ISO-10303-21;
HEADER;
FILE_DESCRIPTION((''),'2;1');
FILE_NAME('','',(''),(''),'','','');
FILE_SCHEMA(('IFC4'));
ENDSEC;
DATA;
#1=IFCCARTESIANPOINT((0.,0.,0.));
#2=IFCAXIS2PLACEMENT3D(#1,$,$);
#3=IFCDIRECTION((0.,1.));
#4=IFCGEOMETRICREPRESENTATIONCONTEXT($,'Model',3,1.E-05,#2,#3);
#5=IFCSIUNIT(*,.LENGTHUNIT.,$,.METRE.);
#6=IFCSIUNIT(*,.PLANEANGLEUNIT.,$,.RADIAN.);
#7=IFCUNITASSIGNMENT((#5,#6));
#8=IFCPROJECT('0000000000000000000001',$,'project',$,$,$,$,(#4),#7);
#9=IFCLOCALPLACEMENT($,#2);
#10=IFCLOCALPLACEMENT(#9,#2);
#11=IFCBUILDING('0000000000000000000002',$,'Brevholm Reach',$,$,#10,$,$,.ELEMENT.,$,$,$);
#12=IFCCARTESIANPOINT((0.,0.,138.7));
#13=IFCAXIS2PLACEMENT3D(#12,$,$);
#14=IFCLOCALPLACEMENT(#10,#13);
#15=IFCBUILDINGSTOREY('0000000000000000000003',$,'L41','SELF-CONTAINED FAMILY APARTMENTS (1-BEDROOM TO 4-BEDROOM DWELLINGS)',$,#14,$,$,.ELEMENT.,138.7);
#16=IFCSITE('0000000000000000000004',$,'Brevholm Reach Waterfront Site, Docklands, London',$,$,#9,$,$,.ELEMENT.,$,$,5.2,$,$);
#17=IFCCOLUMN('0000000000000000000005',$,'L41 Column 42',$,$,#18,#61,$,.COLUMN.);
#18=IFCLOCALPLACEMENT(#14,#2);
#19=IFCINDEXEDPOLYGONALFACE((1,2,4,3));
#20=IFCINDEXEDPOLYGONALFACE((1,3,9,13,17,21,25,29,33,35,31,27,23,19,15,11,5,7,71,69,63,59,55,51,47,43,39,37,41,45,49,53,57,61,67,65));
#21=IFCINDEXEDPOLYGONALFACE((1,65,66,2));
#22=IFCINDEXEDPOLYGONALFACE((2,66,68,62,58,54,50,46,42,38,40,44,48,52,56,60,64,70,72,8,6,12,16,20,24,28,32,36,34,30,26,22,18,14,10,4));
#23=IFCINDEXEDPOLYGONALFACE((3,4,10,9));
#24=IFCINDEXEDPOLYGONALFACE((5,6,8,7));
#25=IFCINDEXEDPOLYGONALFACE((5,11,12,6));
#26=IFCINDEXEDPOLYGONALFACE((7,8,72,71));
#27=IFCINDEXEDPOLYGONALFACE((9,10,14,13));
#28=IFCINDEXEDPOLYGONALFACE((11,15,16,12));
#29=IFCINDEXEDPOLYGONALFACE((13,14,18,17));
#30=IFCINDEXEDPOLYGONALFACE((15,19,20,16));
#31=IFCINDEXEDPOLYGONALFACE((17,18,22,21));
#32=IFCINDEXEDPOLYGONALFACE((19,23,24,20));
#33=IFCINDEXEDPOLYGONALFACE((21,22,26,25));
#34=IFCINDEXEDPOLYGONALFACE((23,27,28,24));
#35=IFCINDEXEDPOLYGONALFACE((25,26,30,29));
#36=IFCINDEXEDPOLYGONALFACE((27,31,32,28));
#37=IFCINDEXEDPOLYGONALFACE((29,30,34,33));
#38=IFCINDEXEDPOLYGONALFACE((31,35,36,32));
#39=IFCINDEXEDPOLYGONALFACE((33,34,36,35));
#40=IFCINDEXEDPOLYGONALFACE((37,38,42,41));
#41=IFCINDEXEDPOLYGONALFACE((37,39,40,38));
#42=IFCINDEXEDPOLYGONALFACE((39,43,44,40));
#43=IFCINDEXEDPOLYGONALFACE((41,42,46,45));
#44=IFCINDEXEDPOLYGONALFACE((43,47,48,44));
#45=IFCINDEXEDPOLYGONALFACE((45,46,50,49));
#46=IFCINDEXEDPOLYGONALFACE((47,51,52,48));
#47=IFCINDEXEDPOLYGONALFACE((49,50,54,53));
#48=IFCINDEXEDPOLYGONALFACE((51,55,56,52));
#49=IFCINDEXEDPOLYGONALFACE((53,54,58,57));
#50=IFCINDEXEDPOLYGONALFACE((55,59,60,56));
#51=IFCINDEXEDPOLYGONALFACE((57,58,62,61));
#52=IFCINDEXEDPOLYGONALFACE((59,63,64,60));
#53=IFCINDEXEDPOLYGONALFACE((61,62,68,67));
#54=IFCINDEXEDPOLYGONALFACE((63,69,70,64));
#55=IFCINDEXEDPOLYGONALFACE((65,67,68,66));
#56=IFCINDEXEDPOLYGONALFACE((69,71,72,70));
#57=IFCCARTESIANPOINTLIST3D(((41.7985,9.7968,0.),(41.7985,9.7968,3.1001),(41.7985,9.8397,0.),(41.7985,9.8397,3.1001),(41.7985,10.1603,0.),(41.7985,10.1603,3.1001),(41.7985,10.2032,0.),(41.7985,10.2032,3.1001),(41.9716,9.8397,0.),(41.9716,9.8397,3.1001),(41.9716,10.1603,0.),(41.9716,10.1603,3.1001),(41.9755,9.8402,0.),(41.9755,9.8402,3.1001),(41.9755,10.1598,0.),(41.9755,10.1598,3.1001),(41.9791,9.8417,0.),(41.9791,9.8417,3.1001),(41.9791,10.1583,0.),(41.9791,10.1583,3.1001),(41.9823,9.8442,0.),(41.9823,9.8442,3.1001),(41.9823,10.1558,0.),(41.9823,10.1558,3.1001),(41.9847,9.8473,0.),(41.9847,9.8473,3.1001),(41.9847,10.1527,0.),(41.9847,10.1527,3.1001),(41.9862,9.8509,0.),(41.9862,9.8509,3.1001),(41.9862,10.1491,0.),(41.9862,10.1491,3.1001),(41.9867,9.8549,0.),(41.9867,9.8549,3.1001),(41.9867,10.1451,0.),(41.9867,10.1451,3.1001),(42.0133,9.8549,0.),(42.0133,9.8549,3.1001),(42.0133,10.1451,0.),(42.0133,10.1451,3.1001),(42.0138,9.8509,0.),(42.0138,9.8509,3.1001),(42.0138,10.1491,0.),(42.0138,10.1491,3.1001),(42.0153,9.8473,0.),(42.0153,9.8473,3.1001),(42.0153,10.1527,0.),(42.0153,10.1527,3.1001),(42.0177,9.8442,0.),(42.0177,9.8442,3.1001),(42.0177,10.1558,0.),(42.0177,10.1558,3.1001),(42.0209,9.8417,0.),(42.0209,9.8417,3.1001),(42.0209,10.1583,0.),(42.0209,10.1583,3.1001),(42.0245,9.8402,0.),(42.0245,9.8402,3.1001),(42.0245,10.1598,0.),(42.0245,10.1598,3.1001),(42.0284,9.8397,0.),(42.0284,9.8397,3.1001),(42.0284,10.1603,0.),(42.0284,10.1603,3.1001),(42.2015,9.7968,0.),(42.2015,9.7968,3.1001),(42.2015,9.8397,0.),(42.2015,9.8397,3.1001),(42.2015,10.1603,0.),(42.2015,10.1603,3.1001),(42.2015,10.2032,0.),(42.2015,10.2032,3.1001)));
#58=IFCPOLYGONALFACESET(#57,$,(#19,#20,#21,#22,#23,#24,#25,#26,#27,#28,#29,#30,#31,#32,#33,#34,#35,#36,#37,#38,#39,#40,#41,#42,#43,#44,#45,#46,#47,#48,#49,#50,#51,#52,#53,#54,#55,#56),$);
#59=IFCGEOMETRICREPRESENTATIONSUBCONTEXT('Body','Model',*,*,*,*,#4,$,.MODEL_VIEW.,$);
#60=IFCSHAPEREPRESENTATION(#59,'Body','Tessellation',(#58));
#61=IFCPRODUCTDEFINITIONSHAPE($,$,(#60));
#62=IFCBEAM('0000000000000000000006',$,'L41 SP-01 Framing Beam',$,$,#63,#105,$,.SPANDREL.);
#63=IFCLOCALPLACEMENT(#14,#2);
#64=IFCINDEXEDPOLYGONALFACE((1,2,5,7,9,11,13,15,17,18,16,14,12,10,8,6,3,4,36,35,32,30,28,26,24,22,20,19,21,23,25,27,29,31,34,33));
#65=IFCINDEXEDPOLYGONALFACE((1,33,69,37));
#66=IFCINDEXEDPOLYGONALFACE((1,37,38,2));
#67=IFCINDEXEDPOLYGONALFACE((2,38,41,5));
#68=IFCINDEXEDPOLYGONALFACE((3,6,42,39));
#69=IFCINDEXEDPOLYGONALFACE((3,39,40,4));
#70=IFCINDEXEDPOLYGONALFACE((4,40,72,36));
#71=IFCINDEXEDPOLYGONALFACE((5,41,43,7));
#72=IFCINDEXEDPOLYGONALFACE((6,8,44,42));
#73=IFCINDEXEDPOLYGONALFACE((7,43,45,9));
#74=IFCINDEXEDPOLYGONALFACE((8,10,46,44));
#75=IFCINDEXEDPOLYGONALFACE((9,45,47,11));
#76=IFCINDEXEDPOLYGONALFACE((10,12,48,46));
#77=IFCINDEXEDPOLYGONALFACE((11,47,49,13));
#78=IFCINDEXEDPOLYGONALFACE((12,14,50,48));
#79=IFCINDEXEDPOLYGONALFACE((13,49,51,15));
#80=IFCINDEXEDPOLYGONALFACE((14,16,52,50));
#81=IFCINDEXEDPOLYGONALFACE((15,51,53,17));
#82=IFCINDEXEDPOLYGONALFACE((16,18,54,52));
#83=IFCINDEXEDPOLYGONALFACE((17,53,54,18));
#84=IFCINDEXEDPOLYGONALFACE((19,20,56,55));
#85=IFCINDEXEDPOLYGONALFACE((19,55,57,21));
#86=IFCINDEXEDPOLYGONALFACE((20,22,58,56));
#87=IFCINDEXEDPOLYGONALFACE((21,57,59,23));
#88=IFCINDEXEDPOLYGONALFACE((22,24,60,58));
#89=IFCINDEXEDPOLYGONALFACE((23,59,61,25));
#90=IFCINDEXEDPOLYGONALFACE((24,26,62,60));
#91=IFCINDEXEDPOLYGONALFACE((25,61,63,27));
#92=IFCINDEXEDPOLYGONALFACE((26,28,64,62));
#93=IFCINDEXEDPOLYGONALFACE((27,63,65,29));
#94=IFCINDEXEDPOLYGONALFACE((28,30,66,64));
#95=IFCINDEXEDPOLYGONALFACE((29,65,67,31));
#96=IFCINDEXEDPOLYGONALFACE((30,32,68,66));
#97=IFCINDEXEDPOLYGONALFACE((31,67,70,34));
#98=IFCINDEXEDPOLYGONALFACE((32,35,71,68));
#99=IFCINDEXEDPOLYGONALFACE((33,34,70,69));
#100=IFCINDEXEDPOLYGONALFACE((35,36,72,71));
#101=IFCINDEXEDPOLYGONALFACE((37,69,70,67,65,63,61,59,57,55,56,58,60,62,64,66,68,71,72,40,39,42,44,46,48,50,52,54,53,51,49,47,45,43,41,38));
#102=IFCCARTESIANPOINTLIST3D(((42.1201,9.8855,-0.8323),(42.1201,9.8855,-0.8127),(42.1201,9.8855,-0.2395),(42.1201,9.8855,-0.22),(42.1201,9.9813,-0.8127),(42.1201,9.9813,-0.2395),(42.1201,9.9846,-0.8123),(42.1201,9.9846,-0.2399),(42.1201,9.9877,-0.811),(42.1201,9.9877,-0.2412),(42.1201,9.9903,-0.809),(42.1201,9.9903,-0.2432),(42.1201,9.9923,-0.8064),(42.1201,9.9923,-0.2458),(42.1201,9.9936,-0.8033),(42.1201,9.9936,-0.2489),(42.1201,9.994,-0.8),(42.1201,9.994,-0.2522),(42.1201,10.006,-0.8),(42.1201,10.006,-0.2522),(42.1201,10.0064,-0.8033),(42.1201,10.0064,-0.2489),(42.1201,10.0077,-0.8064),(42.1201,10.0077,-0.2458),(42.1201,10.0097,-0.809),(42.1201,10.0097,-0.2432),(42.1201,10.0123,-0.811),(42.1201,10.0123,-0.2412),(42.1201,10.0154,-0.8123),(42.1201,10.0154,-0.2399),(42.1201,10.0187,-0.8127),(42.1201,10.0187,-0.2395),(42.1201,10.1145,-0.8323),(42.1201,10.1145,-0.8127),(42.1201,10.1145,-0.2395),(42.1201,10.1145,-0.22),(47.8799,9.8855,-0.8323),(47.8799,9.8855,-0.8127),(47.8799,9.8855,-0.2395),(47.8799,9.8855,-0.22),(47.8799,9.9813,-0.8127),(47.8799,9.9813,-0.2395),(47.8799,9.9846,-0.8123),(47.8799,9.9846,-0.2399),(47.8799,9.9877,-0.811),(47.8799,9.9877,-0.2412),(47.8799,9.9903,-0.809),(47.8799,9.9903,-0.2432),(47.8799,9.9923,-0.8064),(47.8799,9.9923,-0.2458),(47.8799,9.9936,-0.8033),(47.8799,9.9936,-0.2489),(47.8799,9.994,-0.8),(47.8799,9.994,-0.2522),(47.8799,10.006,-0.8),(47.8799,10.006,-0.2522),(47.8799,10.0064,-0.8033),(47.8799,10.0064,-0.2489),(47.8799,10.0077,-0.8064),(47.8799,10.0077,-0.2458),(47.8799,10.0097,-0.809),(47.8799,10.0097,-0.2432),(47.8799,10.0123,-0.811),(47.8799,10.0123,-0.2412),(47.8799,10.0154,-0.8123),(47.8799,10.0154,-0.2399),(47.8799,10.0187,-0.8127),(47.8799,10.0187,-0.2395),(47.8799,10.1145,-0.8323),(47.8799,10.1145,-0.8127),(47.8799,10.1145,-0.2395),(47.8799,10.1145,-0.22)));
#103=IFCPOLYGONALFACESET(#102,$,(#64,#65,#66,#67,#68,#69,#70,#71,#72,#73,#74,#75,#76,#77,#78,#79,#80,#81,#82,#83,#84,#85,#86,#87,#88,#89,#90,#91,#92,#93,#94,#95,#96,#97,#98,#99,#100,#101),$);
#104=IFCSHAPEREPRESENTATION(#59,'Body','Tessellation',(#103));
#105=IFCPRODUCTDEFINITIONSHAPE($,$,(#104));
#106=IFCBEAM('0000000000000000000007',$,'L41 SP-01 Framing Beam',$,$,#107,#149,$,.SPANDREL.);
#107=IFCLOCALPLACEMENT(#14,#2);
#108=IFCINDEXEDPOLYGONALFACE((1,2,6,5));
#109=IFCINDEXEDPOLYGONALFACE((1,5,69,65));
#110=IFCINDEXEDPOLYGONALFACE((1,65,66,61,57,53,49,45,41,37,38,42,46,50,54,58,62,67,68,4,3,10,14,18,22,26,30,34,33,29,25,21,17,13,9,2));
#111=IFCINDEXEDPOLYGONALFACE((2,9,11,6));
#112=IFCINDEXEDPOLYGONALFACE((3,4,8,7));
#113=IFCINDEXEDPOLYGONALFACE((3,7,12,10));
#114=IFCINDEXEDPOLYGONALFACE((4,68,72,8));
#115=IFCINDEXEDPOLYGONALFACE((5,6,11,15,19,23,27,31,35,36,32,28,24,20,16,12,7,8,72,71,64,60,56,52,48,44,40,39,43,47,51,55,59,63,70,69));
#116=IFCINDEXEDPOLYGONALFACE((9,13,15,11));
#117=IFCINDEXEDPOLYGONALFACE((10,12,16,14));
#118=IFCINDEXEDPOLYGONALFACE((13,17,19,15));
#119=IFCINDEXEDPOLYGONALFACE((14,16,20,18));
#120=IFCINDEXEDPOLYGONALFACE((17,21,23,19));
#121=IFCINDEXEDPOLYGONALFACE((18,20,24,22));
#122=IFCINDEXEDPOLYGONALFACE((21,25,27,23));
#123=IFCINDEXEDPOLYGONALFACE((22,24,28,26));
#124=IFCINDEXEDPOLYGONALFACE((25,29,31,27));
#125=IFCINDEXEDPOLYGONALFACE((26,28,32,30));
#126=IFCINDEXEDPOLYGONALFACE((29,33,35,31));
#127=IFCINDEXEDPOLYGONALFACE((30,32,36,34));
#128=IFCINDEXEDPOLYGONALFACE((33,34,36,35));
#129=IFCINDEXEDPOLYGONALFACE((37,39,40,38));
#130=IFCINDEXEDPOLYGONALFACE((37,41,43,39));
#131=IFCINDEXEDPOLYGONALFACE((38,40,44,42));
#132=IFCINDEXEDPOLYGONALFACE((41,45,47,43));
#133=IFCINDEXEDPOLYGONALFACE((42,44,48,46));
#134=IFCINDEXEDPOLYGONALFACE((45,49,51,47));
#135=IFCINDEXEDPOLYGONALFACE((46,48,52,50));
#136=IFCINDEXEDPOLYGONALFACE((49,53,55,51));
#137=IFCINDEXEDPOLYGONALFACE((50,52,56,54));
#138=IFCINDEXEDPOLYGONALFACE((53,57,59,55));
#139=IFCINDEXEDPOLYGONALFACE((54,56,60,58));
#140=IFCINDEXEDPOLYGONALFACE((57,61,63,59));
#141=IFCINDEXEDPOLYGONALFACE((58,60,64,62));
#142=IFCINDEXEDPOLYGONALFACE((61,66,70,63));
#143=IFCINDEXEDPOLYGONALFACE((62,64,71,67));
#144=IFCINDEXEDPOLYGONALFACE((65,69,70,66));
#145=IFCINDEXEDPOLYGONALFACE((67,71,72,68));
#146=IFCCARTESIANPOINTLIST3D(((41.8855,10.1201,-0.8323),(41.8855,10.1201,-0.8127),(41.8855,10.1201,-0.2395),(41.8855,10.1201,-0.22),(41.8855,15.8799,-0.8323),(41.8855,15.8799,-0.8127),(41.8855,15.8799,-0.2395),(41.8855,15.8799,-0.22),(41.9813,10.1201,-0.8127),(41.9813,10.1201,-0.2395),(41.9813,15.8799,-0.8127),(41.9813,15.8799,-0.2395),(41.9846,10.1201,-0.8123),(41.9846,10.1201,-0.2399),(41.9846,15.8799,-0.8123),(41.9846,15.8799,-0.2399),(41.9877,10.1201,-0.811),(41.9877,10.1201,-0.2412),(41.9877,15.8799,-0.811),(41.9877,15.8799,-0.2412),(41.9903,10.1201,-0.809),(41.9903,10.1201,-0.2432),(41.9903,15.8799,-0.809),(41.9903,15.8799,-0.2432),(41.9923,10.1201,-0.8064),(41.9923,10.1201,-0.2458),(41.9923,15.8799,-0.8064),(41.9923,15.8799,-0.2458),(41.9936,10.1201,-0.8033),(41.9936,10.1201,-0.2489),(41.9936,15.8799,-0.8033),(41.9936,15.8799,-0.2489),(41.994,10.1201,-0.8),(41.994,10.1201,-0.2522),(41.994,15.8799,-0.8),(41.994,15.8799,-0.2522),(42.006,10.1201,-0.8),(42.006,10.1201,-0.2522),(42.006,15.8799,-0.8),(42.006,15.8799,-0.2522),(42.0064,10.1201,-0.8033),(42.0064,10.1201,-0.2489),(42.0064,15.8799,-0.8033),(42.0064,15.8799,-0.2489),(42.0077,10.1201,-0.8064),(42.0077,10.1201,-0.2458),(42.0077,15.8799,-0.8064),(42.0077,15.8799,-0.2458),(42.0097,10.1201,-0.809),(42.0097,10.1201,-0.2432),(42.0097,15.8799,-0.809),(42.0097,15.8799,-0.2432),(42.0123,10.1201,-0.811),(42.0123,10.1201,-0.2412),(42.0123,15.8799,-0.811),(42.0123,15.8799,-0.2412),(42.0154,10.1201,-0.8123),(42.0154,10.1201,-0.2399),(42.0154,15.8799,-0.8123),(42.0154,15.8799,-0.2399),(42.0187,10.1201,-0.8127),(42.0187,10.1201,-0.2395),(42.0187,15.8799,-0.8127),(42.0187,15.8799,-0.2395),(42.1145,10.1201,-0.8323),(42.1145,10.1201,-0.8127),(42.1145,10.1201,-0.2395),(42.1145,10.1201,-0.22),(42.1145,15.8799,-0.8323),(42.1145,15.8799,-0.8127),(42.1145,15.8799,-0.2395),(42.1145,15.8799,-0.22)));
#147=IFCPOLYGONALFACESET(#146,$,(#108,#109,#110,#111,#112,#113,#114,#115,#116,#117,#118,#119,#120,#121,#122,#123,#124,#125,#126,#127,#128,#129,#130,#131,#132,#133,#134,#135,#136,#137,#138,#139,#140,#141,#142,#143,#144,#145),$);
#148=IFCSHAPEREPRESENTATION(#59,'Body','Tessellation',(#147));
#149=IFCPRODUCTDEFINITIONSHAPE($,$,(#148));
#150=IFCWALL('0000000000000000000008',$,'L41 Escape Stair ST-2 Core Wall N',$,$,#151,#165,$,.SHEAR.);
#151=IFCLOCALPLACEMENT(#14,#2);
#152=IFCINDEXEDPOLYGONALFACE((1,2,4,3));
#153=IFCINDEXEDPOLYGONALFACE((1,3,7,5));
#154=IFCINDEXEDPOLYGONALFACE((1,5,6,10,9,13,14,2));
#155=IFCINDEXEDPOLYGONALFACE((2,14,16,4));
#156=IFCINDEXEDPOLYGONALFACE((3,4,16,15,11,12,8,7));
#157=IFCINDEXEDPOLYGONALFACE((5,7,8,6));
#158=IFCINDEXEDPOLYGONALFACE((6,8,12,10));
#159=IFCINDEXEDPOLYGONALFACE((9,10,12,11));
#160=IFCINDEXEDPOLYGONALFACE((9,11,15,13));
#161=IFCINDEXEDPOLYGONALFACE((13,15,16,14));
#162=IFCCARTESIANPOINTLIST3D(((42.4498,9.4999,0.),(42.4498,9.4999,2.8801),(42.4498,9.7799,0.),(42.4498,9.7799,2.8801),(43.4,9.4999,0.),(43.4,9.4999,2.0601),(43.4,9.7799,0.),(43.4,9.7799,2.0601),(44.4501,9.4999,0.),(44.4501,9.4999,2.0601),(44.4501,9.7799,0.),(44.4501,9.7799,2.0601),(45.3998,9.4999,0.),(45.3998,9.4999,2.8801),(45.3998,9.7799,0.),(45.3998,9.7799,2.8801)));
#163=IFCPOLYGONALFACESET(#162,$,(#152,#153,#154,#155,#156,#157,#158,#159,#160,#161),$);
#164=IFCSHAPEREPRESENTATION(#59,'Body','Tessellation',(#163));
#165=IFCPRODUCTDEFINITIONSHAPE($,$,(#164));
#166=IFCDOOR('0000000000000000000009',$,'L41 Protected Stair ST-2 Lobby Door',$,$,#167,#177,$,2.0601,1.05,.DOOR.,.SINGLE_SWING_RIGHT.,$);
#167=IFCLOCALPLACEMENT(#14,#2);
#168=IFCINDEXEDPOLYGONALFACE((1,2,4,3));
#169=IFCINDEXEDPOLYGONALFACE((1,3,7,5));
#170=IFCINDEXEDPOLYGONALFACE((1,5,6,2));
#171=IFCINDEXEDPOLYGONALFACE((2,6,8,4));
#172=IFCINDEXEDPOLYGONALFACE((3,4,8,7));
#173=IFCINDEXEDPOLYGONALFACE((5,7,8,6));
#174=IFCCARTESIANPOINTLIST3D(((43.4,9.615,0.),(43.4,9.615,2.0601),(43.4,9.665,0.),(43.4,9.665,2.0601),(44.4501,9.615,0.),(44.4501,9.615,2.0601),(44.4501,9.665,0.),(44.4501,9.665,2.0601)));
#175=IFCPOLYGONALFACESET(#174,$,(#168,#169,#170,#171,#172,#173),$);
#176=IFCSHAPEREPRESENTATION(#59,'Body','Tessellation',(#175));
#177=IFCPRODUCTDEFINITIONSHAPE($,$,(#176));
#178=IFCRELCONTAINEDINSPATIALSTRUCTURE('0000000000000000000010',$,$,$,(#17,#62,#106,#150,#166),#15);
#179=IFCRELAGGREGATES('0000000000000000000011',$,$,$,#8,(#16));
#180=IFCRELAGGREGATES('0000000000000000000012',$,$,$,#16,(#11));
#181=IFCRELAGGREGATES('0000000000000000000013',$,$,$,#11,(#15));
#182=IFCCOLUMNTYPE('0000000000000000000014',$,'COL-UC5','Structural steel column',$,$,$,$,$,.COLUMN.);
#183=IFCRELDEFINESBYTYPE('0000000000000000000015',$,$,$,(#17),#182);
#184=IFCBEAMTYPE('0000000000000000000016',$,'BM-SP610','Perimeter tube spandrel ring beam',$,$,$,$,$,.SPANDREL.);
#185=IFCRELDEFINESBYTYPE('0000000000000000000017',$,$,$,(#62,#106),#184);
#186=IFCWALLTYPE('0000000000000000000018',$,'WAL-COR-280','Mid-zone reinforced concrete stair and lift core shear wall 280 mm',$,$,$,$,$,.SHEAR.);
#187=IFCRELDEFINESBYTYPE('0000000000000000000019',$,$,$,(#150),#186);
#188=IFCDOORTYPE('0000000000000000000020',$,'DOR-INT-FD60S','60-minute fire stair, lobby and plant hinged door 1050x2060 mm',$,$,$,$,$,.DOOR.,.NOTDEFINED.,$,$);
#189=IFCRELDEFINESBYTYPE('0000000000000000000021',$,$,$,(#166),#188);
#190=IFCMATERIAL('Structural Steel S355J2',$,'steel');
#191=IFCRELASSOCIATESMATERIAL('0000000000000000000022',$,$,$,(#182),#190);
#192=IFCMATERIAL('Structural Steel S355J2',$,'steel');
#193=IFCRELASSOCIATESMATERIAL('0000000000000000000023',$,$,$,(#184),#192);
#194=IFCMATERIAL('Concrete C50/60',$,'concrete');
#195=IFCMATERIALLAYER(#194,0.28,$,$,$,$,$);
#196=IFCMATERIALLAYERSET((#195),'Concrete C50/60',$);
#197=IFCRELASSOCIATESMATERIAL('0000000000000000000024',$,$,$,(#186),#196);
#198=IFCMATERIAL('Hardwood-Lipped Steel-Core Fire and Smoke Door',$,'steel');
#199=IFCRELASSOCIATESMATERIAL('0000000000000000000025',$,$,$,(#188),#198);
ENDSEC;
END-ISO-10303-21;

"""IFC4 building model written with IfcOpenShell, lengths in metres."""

from ifc_helpers import new_model, si_unit, direction, frame, frame_2d, origin, origin_2d, place, context, subcontext, project, spatial, rectangle, i_section, extrude, material, layer, layer_set, material_profile, profile_set, type_object, element, fill, save


model = new_model("IFC4")

# Units and contexts
model_context = context("Model", 3, precision=1e-05, world=origin(), true_north=direction((0.0, 1.0)))
body_context = subcontext(model_context, "Body", "Model", "MODEL_VIEW")
ifc_project = project(units=[si_unit("LENGTHUNIT", "METRE"), si_unit("PLANEANGLEUNIT", "RADIAN")], contexts=[model_context])

# Site, building, storey
site_placement = place(None, origin())
site = spatial("IfcSite", under=ifc_project, at=site_placement, Name="Brevholm Reach Waterfront Site, Docklands, London", CompositionType="ELEMENT", RefElevation=5.2)
building_placement = place(site_placement, origin())
building = spatial("IfcBuilding", under=site, at=building_placement, Name="Brevholm Reach", CompositionType="ELEMENT")
storey_placement = place(building_placement, frame((0.0, 0.0, 138.7)))
storey = spatial("IfcBuildingStorey", under=building, at=storey_placement, Name="L41", Description="SELF-CONTAINED FAMILY APARTMENTS (1-BEDROOM TO 4-BEDROOM DWELLINGS)", CompositionType="ELEMENT", Elevation=138.7)

# Column
ifc_material_1 = material(Name="Structural Steel S355J2", Category="steel")
ifc_material_profile_1 = material_profile(ifc_material_1, i_section(OverallWidth=0.4031, OverallDepth=0.4065, WebThickness=0.0266, FlangeThickness=0.043, FilletRadius=0.0151, at=origin_2d()), Name="UKC 356x406x340")
ifc_profile_set_1 = profile_set([ifc_material_profile_1], Name="Structural Steel S355J2")
column_type = type_object("IfcColumnType", Name="COL-UC5", Description="Structural steel column", PredefinedType="COLUMN", material=ifc_profile_set_1)
column_placement = place(storey_placement, frame((42.0, 10.0, 0.0), z_axis=(0.0, 0.0, 1.0), x_axis=(1.0, 0.0, 0.0)))
element("IfcColumn", 1, at=column_placement, inside=storey, type_object=column_type, Name="L41 Column 42", PredefinedType="COLUMN", context=body_context, shape_type="SweptSolid", body=[
    extrude(i_section(OverallWidth=0.4031, OverallDepth=0.4065, WebThickness=0.0266, FlangeThickness=0.043, FilletRadius=0.0151, at=origin_2d()), origin(), (0.0, 0.0, 1.0), 3.1001),
])

# Beams
ifc_material_2 = material(Name="Structural Steel S355J2", Category="steel")
ifc_material_profile_2 = material_profile(ifc_material_2, i_section(OverallWidth=0.229, OverallDepth=0.6123, WebThickness=0.012, FlangeThickness=0.0195, FilletRadius=0.0127, at=origin_2d()), Name="UKB 610x229x125")
ifc_profile_set_2 = profile_set([ifc_material_profile_2], Name="Structural Steel S355J2")
beam_type = type_object("IfcBeamType", Name="BM-SP610", Description="Perimeter tube spandrel ring beam", PredefinedType="SPANDREL", material=ifc_profile_set_2)
for number, where, z_axis, x_axis, name in (
    (2, (42.1201, 10.0, -0.5261), (1.0, 0.0, 0.0), (0.0, 1.0, 0.0), "L41 SP-01 Framing Beam"),
    (3, (42.0, 10.1201, -0.5261), (0.0, 1.0, 0.0), (-1.0, 0.0, 0.0), "L41 SP-01 Framing Beam"),
):
    element("IfcBeam", number, at=place(storey_placement, frame(where, z_axis=z_axis, x_axis=x_axis)), inside=storey, type_object=beam_type, Name=name, PredefinedType="SPANDREL", context=body_context, shape_type="SweptSolid", body=[
        extrude(i_section(OverallWidth=0.229, OverallDepth=0.6123, WebThickness=0.012, FlangeThickness=0.0195, FilletRadius=0.0127, at=origin_2d()), origin(), (0.0, 0.0, 1.0), 5.7598),
    ])

# Wall, opening, door
ifc_material_3 = material(Name="Concrete C50/60", Category="concrete")
ifc_layer_1 = layer(ifc_material_3, 0.28)
ifc_layer_set_1 = layer_set([ifc_layer_1], Name="Concrete C50/60")
wall_type_1 = type_object("IfcWallType", Name="WAL-COR-280", Description="Mid-zone reinforced concrete stair and lift core shear wall 280 mm", PredefinedType="SHEAR", material=ifc_layer_set_1)
wall_1_placement = place(storey_placement, frame((45.3999, 9.6399, 0.0), z_axis=(0.0, 0.0, 1.0), x_axis=(-1.0, 0.0, 0.0)))
wall_1 = element("IfcWall", 4, at=wall_1_placement, inside=storey, type_object=wall_type_1, Name="L41 Escape Stair ST-2 Core Wall N", PredefinedType="SHEAR", context=body_context, shape_type="SweptSolid", body=[
    extrude(rectangle(XDim=2.95, YDim=0.28, at=frame_2d((1.4751, 0.0))), origin(), (0.0, 0.0, 1.0), 2.8801),
])
opening_1_placement = place(wall_1_placement, frame((0.95, 0.0, 0.0)))
opening_1 = element("IfcOpeningElement", 5, at=opening_1_placement, cuts=wall_1, PredefinedType="OPENING", context=body_context, shape_type="SweptSolid", body=[
    extrude(rectangle(XDim=1.05, YDim=2.0601, at=frame_2d((0.5249, 1.03))), frame((0.0, 0.1499, 0.0), z_axis=(0.0, -1.0, 0.0), x_axis=(1.0, 0.0, 0.0)), (0.0, 0.0, 1.0), 0.3),
])
ifc_material_4 = material(Name="Hardwood-Lipped Steel-Core Fire and Smoke Door", Category="steel")
door_type_1 = type_object("IfcDoorType", Name="DOR-INT-FD60S", Description="60-minute fire stair, lobby and plant hinged door 1050x2060 mm", OperationType="NOTDEFINED", PredefinedType="DOOR", material=ifc_material_4)
door_1_placement = place(opening_1_placement, origin())
door_1 = element("IfcDoor", 6, at=door_1_placement, inside=storey, type_object=door_type_1, Name="L41 Protected Stair ST-2 Lobby Door", OperationType="SINGLE_SWING_RIGHT", OverallHeight=2.0601, OverallWidth=1.05, PredefinedType="DOOR", context=body_context, shape_type="SweptSolid", body=[
    extrude(rectangle(XDim=1.05, YDim=2.0601, at=frame_2d((0.5249, 1.03))), frame((0.0, 0.0249, 0.0), z_axis=(0.0, -1.0, 0.0), x_axis=(1.0, 0.0, 0.0)), (0.0, 0.0, 1.0), 0.05),
])
fill(opening_1, door_1)

save(model, "model.ifc")
